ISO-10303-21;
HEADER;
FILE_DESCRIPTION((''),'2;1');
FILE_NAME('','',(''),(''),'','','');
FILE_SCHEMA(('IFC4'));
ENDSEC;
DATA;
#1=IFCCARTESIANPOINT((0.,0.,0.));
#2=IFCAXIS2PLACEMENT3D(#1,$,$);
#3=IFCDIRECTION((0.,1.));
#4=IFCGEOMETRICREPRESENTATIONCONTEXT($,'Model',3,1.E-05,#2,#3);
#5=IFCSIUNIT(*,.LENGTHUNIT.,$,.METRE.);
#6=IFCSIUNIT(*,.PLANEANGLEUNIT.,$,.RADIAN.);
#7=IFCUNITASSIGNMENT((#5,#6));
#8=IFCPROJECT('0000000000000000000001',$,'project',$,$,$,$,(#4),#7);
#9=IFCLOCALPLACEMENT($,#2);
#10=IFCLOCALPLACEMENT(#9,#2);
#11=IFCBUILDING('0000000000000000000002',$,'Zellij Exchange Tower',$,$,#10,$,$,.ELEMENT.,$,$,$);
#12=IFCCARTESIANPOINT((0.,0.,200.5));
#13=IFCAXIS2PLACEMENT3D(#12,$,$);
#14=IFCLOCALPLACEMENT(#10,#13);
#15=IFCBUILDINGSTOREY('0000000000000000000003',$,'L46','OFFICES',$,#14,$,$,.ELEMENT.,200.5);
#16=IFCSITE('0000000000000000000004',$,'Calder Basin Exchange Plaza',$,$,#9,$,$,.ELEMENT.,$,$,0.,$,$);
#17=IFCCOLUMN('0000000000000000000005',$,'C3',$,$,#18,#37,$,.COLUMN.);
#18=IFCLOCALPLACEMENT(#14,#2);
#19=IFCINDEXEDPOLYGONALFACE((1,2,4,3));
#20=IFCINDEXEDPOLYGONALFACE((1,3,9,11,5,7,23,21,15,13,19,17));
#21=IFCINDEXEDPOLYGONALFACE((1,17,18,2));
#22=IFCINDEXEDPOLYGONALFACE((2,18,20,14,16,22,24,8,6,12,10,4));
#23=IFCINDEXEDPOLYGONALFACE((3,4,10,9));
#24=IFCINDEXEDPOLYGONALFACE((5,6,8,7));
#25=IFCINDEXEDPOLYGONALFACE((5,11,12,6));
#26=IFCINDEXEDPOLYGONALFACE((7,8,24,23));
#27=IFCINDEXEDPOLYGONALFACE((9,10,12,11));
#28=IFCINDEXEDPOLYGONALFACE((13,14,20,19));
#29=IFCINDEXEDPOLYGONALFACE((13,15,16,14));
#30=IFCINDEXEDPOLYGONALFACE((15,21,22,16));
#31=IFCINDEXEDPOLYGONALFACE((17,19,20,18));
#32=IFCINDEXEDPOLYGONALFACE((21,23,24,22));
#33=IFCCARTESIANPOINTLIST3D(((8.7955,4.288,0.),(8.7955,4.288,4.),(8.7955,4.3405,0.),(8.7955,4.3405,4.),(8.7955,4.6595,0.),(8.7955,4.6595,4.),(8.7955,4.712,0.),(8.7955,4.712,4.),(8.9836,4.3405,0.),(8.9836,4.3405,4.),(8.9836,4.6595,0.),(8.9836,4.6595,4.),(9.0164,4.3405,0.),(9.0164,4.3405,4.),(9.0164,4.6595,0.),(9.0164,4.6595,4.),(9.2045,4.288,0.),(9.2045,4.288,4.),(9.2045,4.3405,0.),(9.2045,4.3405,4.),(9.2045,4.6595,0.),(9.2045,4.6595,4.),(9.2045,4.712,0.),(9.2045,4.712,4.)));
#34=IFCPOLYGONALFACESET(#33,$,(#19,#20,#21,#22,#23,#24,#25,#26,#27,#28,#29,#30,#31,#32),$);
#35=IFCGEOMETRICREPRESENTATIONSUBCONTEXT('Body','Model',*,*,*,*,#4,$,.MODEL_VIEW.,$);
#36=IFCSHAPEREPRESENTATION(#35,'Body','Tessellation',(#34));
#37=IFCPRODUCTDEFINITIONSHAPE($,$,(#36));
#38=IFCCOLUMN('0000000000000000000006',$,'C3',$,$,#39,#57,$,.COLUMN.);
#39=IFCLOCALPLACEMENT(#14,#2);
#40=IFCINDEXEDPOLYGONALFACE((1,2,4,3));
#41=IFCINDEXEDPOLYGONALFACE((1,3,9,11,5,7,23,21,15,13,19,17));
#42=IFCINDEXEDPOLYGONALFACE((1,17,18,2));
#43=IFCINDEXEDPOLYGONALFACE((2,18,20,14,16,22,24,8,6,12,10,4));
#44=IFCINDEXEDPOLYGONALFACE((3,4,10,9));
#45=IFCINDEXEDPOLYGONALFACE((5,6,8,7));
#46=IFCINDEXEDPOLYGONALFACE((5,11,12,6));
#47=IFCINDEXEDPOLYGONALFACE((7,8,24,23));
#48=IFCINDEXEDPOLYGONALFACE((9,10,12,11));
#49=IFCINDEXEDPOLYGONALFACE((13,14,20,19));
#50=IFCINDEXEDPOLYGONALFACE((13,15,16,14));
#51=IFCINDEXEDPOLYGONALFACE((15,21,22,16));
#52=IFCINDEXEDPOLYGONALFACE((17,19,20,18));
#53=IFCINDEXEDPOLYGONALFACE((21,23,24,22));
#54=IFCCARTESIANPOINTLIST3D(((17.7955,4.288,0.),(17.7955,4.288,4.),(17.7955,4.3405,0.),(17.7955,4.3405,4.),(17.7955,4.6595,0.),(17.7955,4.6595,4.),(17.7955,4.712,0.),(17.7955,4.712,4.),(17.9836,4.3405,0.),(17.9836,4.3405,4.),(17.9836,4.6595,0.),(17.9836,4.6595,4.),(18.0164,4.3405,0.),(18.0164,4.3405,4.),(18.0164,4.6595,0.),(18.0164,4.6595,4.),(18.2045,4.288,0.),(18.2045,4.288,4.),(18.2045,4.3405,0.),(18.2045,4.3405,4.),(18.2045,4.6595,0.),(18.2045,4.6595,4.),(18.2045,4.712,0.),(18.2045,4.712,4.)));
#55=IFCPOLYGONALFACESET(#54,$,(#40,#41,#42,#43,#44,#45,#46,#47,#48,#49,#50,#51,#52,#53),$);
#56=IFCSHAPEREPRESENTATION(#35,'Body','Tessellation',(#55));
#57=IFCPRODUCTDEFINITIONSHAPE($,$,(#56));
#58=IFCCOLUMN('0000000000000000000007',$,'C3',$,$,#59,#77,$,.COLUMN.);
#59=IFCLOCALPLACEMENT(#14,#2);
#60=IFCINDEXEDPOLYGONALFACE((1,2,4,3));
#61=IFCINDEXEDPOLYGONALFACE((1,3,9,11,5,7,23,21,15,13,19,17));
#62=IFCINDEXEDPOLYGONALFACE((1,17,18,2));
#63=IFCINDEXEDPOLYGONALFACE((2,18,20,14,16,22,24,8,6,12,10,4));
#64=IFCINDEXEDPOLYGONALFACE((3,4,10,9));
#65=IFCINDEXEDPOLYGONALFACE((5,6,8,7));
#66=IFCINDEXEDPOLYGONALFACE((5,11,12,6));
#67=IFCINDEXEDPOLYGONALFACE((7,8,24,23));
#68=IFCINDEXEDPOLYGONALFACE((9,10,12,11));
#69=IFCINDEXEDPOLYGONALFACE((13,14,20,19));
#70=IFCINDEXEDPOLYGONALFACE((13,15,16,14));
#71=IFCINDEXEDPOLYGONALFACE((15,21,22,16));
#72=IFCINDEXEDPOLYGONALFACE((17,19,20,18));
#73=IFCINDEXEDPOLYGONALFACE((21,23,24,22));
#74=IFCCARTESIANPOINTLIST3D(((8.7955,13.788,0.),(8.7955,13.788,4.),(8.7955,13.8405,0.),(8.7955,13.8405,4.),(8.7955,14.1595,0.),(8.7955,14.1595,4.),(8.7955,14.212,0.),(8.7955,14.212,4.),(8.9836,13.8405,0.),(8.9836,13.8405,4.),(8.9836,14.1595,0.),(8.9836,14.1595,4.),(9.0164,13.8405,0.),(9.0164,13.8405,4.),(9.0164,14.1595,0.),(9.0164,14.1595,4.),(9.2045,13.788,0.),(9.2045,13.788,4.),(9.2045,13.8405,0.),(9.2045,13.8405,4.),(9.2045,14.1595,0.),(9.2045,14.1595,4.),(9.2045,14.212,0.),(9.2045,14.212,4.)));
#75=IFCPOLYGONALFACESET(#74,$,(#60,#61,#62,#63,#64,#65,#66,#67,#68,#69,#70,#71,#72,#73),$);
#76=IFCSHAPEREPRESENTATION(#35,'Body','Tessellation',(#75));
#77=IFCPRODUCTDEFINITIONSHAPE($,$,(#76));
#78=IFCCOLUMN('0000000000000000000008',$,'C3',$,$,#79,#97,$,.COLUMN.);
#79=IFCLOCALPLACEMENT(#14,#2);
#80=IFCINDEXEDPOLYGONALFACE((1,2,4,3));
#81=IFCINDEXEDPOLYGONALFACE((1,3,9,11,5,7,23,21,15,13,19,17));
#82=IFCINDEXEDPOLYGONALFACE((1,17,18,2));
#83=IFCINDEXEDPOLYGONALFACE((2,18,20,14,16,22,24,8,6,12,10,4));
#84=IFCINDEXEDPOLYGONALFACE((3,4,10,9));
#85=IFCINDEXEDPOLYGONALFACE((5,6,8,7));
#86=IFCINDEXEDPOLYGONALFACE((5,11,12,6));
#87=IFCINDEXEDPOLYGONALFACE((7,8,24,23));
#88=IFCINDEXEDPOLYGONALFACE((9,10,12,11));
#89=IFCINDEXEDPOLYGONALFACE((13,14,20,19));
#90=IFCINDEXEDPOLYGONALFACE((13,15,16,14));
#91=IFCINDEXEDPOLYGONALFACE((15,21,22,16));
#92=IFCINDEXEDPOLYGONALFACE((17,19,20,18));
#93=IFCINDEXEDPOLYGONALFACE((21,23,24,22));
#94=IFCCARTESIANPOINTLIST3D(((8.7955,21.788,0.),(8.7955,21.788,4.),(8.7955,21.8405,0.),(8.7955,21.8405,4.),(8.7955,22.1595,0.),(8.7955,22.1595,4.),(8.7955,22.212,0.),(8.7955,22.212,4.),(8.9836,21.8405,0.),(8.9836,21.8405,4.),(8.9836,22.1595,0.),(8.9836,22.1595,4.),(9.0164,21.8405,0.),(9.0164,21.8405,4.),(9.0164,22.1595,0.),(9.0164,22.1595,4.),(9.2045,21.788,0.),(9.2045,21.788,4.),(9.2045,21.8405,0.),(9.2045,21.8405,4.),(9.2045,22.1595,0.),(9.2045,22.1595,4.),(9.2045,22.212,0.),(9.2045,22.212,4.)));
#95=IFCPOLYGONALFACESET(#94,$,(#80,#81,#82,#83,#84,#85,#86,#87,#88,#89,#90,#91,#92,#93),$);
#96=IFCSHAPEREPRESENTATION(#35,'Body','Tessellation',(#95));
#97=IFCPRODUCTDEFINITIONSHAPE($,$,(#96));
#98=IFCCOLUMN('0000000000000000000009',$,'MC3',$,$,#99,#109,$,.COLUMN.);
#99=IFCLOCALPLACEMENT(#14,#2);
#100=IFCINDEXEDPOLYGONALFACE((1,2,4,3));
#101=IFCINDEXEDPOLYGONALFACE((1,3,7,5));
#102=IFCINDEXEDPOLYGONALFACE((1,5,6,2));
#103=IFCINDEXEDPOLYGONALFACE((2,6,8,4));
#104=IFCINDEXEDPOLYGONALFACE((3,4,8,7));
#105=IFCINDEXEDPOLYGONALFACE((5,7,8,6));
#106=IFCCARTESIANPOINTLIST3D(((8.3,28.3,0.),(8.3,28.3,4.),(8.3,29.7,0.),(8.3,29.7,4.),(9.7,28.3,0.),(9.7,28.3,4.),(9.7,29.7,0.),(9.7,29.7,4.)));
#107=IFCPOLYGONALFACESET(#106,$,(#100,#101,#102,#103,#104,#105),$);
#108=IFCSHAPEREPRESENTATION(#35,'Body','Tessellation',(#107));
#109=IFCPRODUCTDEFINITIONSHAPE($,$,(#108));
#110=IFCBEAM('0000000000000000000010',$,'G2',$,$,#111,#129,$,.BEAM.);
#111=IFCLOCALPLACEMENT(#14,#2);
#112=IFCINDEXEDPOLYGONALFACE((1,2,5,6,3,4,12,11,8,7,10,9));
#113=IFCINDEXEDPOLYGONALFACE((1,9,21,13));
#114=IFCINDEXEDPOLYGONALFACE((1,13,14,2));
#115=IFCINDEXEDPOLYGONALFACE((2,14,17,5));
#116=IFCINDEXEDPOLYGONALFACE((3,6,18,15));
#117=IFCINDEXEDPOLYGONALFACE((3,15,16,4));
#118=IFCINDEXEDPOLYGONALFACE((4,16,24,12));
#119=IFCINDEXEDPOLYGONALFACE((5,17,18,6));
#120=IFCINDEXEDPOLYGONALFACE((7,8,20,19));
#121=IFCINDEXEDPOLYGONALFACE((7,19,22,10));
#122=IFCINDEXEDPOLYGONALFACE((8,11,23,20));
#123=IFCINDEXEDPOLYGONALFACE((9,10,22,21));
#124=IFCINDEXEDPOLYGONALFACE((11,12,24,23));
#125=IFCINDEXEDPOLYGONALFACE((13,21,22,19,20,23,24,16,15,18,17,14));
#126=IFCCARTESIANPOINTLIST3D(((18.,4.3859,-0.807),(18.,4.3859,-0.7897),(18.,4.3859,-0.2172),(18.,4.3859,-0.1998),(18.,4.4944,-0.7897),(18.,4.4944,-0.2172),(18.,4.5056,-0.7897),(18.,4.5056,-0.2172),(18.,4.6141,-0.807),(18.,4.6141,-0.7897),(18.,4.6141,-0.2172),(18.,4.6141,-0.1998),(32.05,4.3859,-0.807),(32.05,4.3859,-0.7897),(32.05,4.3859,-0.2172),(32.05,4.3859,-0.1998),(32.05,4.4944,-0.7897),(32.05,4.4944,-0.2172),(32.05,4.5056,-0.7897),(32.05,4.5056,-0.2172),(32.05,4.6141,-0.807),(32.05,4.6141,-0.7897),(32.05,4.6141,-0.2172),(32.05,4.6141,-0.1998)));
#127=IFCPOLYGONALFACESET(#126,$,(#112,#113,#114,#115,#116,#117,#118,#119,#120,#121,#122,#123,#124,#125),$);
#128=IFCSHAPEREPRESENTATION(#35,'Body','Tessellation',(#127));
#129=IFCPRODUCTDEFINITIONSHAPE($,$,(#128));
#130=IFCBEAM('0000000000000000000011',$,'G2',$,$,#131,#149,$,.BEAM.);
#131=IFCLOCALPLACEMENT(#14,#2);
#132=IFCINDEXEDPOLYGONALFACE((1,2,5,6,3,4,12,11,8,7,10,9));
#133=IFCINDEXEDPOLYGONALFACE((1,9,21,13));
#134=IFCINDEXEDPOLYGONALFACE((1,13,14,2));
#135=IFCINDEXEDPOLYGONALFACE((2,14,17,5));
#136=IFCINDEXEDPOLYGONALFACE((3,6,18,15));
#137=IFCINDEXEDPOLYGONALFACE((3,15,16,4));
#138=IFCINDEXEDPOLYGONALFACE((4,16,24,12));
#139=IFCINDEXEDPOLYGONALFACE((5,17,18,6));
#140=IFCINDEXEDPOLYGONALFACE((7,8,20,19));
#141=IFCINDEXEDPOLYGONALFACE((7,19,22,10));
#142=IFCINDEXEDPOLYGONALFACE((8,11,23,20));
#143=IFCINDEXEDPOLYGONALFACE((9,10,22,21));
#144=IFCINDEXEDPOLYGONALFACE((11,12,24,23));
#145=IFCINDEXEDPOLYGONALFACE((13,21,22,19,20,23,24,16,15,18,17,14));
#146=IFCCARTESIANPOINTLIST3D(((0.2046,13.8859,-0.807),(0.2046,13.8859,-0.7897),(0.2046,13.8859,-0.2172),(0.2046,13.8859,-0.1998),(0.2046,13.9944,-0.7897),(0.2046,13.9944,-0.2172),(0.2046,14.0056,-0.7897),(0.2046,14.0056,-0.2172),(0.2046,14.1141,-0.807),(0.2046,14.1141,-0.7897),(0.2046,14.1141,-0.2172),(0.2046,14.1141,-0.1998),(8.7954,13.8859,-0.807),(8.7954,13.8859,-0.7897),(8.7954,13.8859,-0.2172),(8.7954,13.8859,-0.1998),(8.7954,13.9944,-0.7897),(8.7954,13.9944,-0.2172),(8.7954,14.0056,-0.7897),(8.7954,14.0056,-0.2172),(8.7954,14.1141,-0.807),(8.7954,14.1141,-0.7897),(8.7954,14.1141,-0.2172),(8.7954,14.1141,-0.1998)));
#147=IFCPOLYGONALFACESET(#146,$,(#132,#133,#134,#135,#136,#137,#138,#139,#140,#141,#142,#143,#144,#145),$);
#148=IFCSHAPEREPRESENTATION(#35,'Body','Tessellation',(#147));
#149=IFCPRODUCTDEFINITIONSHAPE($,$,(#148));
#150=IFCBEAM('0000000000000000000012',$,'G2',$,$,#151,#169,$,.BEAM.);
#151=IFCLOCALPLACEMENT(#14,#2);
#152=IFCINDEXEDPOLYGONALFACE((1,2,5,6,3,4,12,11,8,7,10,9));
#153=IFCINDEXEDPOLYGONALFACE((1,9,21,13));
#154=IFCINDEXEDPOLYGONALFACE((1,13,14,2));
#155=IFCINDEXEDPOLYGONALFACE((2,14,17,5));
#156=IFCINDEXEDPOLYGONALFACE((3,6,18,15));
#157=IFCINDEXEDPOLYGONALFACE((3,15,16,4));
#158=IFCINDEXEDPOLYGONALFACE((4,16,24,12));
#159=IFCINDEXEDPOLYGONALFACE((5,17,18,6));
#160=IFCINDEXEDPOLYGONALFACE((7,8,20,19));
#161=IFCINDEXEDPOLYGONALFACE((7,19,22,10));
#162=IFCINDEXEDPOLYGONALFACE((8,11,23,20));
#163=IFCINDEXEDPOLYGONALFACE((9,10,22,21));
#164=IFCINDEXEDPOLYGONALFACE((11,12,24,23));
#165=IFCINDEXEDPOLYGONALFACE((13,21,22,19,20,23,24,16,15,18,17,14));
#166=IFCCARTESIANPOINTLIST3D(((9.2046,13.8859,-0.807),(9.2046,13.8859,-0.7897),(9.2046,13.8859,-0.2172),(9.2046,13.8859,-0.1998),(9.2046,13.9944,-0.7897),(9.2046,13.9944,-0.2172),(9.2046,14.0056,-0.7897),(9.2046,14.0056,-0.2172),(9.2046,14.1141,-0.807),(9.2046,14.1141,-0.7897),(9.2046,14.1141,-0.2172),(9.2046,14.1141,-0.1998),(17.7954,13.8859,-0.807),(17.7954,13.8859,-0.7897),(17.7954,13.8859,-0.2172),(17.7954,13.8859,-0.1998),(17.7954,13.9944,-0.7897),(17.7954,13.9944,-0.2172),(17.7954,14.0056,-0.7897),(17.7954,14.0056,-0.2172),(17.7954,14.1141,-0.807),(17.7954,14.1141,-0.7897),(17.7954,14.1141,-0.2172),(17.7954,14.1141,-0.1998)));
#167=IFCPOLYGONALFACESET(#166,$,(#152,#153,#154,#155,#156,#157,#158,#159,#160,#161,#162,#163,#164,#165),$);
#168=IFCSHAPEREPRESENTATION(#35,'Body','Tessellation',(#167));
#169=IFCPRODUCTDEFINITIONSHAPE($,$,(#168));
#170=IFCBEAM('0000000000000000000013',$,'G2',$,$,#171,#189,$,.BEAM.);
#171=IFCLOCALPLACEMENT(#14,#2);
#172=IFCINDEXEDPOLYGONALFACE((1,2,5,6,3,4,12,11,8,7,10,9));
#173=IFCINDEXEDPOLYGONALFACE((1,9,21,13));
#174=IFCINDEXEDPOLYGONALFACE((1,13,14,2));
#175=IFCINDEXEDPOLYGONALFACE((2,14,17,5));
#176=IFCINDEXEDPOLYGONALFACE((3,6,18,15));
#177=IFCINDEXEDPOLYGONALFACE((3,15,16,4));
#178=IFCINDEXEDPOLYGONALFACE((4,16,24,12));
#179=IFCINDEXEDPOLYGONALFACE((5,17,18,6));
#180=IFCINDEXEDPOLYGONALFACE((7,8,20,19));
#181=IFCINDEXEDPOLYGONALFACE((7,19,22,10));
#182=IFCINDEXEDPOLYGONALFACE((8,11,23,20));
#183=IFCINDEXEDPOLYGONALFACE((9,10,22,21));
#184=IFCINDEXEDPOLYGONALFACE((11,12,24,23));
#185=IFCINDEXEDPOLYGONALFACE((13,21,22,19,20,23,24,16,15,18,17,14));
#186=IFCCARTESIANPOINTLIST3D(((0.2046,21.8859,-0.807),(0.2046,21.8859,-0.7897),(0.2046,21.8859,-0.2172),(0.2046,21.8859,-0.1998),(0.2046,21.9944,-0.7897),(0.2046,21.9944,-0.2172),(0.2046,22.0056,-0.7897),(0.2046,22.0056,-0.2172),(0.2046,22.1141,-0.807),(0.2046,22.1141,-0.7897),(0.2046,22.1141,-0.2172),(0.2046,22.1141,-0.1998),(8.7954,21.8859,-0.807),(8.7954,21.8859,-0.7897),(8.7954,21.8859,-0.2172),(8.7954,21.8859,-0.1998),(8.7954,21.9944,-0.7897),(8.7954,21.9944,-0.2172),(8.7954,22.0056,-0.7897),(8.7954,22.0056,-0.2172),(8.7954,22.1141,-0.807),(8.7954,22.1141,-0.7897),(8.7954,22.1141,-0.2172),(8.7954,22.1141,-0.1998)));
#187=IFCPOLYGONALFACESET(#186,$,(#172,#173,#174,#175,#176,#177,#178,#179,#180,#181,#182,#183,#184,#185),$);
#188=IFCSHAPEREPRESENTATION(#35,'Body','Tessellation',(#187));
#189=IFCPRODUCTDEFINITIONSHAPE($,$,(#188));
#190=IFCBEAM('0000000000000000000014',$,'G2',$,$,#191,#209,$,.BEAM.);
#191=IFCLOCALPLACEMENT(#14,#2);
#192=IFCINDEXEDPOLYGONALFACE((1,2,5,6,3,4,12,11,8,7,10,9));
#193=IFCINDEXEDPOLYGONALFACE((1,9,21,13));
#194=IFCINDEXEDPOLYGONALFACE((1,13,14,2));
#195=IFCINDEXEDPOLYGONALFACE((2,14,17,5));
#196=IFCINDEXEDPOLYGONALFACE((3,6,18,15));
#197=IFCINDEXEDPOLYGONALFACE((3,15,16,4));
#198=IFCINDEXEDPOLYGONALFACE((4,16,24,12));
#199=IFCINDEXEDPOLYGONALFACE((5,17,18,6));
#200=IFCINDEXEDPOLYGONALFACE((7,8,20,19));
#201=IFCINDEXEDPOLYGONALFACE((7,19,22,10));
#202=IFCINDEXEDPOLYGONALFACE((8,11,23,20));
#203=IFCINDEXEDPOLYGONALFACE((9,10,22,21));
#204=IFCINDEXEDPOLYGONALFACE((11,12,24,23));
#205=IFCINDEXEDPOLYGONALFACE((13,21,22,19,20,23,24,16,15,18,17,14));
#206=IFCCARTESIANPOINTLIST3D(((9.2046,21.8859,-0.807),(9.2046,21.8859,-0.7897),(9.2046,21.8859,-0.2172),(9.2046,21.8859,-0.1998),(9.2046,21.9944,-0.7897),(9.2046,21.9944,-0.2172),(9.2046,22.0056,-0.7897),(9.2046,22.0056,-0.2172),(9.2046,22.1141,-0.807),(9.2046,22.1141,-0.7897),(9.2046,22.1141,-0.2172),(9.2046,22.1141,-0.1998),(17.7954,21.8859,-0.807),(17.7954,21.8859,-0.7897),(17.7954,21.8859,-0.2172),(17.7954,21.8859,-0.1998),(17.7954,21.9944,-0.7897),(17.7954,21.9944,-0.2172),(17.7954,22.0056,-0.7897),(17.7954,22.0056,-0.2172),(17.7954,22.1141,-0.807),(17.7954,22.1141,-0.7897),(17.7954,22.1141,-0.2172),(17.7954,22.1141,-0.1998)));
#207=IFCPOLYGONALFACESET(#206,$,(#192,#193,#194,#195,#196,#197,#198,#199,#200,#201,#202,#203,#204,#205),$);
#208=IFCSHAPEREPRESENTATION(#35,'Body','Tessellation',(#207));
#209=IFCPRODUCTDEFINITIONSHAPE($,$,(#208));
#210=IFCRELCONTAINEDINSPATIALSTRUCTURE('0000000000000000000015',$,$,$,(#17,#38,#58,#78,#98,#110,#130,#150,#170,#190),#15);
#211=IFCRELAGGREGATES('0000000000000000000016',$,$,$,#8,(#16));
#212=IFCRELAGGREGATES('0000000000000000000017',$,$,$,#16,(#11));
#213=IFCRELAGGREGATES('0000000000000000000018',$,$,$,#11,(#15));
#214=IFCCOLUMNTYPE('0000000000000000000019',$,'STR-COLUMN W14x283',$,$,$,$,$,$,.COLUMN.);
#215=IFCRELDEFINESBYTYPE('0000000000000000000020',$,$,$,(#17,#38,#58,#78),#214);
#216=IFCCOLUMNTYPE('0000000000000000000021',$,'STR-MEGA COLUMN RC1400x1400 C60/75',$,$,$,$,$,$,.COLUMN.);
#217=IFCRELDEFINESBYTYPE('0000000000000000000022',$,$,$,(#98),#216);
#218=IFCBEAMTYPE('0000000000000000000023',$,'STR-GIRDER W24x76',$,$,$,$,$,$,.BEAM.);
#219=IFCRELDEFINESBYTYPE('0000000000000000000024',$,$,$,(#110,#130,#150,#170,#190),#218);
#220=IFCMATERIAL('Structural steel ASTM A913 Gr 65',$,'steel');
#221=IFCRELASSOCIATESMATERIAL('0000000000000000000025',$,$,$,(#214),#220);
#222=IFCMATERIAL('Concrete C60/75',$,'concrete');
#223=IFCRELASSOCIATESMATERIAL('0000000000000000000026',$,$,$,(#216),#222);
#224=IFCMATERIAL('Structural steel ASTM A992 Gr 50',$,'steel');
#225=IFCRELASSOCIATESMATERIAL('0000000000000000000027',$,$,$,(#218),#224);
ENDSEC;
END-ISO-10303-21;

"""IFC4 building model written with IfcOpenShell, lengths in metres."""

from ifc_helpers import new_model, si_unit, direction, frame, origin, origin_2d, place, context, subcontext, project, spatial, rectangle, i_section, extrude, material, material_profile, profile_set, type_object, element, save


model = new_model("IFC4")

# Units and contexts
model_context = context("Model", 3, precision=1e-05, world=origin(), true_north=direction((0.0, 1.0)))
body_context = subcontext(model_context, "Body", "Model", "MODEL_VIEW")
ifc_project = project(units=[si_unit("LENGTHUNIT", "METRE"), si_unit("PLANEANGLEUNIT", "RADIAN")], contexts=[model_context])

# Site, building, storey
site_placement = place(None, origin())
site = spatial("IfcSite", under=ifc_project, at=site_placement, Name="Calder Basin Exchange Plaza", CompositionType="ELEMENT", RefElevation=0.0)
building_placement = place(site_placement, origin())
building = spatial("IfcBuilding", under=site, at=building_placement, Name="Zellij Exchange Tower", CompositionType="ELEMENT")
storey_placement = place(building_placement, frame((0.0, 0.0, 200.5)))
storey = spatial("IfcBuildingStorey", under=building, at=storey_placement, Name="L46", Description="OFFICES", CompositionType="ELEMENT", Elevation=200.5)

# Columns
ifc_material_1 = material(Name="Structural steel ASTM A913 Gr 65", Category="steel")
ifc_material_profile_1 = material_profile(ifc_material_1, i_section(OverallWidth=0.4089, OverallDepth=0.4241, WebThickness=0.0327, FlangeThickness=0.0525, at=origin_2d()), Name="W14x283")
ifc_profile_set_1 = profile_set([ifc_material_profile_1], Name="Structural steel ASTM A913 Gr 65")
column_type_1 = type_object("IfcColumnType", Name="STR-COLUMN W14x283", PredefinedType="COLUMN", material=ifc_profile_set_1)
for number, where, z_axis, x_axis, name in (
    (1, (9.0, 4.5, 0.0), (0.0, 0.0, 1.0), (1.0, 0.0, 0.0), "C3"),
    (2, (18.0, 4.5, 0.0), (0.0, 0.0, 1.0), (1.0, 0.0, 0.0), "C3"),
    (3, (9.0, 14.0, 0.0), (0.0, 0.0, 1.0), (1.0, 0.0, 0.0), "C3"),
    (4, (9.0, 22.0, 0.0), (0.0, 0.0, 1.0), (1.0, 0.0, 0.0), "C3"),
):
    element("IfcColumn", number, at=place(storey_placement, frame(where, z_axis=z_axis, x_axis=x_axis)), inside=storey, type_object=column_type_1, Name=name, PredefinedType="COLUMN", context=body_context, shape_type="SweptSolid", body=[
        extrude(i_section(OverallWidth=0.4089, OverallDepth=0.4241, WebThickness=0.0327, FlangeThickness=0.0525, at=origin_2d()), origin(), (0.0, 0.0, 1.0), 4.0),
    ])
ifc_material_2 = material(Name="Concrete C60/75", Category="concrete")
ifc_material_profile_2 = material_profile(ifc_material_2, rectangle(XDim=1.3999, YDim=1.3999, at=origin_2d()), Name="STR-MEGA COLUMN RC1400x1400 C60/75")
ifc_profile_set_2 = profile_set([ifc_material_profile_2], Name="Concrete C60/75")
column_type_2 = type_object("IfcColumnType", Name="STR-MEGA COLUMN RC1400x1400 C60/75", PredefinedType="COLUMN", material=ifc_profile_set_2)
column_placement = place(storey_placement, frame((9.0, 29.0, 0.0), z_axis=(0.0, 0.0, 1.0), x_axis=(1.0, 0.0, 0.0)))
element("IfcColumn", 5, at=column_placement, inside=storey, type_object=column_type_2, Name="MC3", PredefinedType="COLUMN", context=body_context, shape_type="SweptSolid", body=[
    extrude(rectangle(XDim=1.3999, YDim=1.3999, at=origin_2d()), origin(), (0.0, 0.0, 1.0), 4.0),
])

# Beams
ifc_material_3 = material(Name="Structural steel ASTM A992 Gr 50", Category="steel")
ifc_material_profile_3 = material_profile(ifc_material_3, i_section(OverallWidth=0.2283, OverallDepth=0.6072, WebThickness=0.0112, FlangeThickness=0.0173, at=origin_2d()), Name="W24x76")
ifc_profile_set_3 = profile_set([ifc_material_profile_3], Name="Structural steel ASTM A992 Gr 50")
beam_type = type_object("IfcBeamType", Name="STR-GIRDER W24x76", PredefinedType="BEAM", material=ifc_profile_set_3)
beam_1_placement = place(storey_placement, frame((18.0, 4.5, -0.5034), z_axis=(1.0, 0.0, 0.0), x_axis=(0.0, 1.0, 0.0)))
element("IfcBeam", 6, at=beam_1_placement, inside=storey, type_object=beam_type, Name="G2", PredefinedType="BEAM", context=body_context, shape_type="SweptSolid", body=[
    extrude(i_section(OverallWidth=0.2283, OverallDepth=0.6072, WebThickness=0.0112, FlangeThickness=0.0173, at=origin_2d()), origin(), (0.0, 0.0, 1.0), 14.05),
])
for number, where, z_axis, x_axis, name in (
    (7, (0.2046, 14.0, -0.5034), (1.0, 0.0, 0.0), (0.0, 1.0, 0.0), "G2"),
    (8, (9.2046, 14.0, -0.5034), (1.0, 0.0, 0.0), (0.0, 1.0, 0.0), "G2"),
    (9, (0.2046, 22.0, -0.5034), (1.0, 0.0, 0.0), (0.0, 1.0, 0.0), "G2"),
    (10, (9.2046, 22.0, -0.5034), (1.0, 0.0, 0.0), (0.0, 1.0, 0.0), "G2"),
):
    element("IfcBeam", number, at=place(storey_placement, frame(where, z_axis=z_axis, x_axis=x_axis)), inside=storey, type_object=beam_type, Name=name, PredefinedType="BEAM", context=body_context, shape_type="SweptSolid", body=[
        extrude(i_section(OverallWidth=0.2283, OverallDepth=0.6072, WebThickness=0.0112, FlangeThickness=0.0173, at=origin_2d()), origin(), (0.0, 0.0, 1.0), 8.5908),
    ])

save(model, "model.ifc")
